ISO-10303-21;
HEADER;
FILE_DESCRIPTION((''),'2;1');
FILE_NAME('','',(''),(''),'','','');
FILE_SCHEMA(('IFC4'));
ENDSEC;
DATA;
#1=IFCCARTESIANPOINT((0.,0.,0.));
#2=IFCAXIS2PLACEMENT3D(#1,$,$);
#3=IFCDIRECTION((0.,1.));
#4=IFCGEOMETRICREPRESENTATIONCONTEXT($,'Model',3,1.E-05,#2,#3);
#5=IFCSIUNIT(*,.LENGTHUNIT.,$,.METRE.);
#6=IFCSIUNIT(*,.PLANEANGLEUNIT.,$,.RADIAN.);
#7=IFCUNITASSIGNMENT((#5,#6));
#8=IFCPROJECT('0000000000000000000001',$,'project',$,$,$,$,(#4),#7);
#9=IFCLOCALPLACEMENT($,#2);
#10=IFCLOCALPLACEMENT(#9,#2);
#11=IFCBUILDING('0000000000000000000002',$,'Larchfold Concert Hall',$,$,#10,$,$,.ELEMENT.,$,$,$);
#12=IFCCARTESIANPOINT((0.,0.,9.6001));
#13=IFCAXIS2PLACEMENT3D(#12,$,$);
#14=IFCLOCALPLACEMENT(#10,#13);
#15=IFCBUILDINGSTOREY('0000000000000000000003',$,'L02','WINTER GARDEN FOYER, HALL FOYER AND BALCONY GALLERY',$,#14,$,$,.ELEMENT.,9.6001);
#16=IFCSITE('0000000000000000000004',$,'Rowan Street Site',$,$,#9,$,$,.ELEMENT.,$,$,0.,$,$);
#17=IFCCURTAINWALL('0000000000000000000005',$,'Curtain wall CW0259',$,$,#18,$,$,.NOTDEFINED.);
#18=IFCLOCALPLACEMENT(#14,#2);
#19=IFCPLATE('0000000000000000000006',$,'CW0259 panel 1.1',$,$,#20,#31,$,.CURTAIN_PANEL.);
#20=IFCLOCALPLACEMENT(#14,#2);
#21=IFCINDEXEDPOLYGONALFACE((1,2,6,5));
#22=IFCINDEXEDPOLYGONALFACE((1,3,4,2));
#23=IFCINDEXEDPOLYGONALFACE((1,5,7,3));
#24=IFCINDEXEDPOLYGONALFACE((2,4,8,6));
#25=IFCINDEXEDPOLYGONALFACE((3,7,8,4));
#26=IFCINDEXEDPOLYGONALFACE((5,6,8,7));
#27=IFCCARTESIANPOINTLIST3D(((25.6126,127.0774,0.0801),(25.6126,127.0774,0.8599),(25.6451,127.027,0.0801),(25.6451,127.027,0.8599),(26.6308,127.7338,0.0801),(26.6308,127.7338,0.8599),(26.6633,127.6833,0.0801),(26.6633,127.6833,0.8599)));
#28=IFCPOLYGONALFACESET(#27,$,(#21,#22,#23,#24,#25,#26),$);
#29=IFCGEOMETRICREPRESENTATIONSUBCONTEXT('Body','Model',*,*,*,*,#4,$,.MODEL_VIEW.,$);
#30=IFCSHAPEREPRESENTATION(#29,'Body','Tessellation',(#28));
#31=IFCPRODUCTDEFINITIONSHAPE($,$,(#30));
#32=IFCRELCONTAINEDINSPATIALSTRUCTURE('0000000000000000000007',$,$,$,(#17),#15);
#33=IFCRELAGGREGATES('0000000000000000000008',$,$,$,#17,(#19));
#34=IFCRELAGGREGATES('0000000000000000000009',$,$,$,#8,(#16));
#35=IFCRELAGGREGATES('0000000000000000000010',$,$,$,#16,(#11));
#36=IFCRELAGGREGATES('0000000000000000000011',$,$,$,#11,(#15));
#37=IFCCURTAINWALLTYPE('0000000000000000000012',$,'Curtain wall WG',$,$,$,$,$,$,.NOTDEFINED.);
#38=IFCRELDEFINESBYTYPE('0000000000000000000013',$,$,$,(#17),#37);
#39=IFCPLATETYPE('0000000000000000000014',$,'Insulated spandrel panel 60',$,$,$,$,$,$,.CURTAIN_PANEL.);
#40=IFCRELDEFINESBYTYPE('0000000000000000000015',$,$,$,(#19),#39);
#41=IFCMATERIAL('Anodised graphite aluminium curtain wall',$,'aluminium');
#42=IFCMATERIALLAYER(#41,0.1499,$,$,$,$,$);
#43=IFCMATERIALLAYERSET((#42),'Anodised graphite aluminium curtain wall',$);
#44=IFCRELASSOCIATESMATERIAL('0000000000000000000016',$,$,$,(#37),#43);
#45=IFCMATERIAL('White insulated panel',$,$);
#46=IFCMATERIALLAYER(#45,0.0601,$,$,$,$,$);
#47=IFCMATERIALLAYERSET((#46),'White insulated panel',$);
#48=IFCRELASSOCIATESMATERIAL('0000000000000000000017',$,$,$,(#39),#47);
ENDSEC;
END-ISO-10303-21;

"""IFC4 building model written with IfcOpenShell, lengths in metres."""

from ifc_helpers import new_model, si_unit, direction, frame, origin, origin_2d, place, context, subcontext, project, spatial, rectangle, extrude, material, layer, layer_set, type_object, element, aggregate, save


model = new_model("IFC4")

# Units and contexts
model_context = context("Model", 3, precision=1e-05, world=origin(), true_north=direction((0.0, 1.0)))
body_context = subcontext(model_context, "Body", "Model", "MODEL_VIEW")
ifc_project = project(units=[si_unit("LENGTHUNIT", "METRE"), si_unit("PLANEANGLEUNIT", "RADIAN")], contexts=[model_context])

# Site, building, storey
site_placement = place(None, origin())
site = spatial("IfcSite", under=ifc_project, at=site_placement, Name="Rowan Street Site", CompositionType="ELEMENT", RefElevation=0.0)
building_placement = place(site_placement, origin())
building = spatial("IfcBuilding", under=site, at=building_placement, Name="Larchfold Concert Hall", CompositionType="ELEMENT")
storey_placement = place(building_placement, frame((0.0, 0.0, 9.6001)))
storey = spatial("IfcBuildingStorey", under=building, at=storey_placement, Name="L02", Description="WINTER GARDEN FOYER, HALL FOYER AND BALCONY GALLERY", CompositionType="ELEMENT", Elevation=9.6001)

# Shared definitions
ifc_material_1 = material(Name="Anodised graphite aluminium curtain wall", Category="aluminium")
ifc_layer_1 = layer(ifc_material_1, 0.1499)
ifc_layer_set_1 = layer_set([ifc_layer_1], Name="Anodised graphite aluminium curtain wall")
curtain_wall_type = type_object("IfcCurtainWallType", Name="Curtain wall WG", PredefinedType="NOTDEFINED", material=ifc_layer_set_1)

# Curtain wall
curtain_wall_1_placement = place(storey_placement, origin())
curtain_wall_1 = element("IfcCurtainWall", 1, at=curtain_wall_1_placement, inside=storey, type_object=curtain_wall_type, Name="Curtain wall CW0259", PredefinedType="NOTDEFINED")

# Plate
ifc_material_2 = material(Name="White insulated panel")
ifc_layer_2 = layer(ifc_material_2, 0.0601)
ifc_layer_set_2 = layer_set([ifc_layer_2], Name="White insulated panel")
plate_type_1 = type_object("IfcPlateType", Name="Insulated spandrel panel 60", PredefinedType="CURTAIN_PANEL", material=ifc_layer_set_2)
plate_1_placement = place(storey_placement, frame((26.1379, 127.3804, 0.0801), z_axis=(0.0, 0.0, 1.0), x_axis=(-0.840513, -0.541791, 0.0)))
plate_1 = element("IfcPlate", 2, at=plate_1_placement, type_object=plate_type_1, Name="CW0259 panel 1.1", PredefinedType="CURTAIN_PANEL", context=body_context, shape_type="SweptSolid", body=[
    extrude(rectangle(XDim=1.2114, YDim=0.0601, at=origin_2d()), origin(), (0.0, 0.0, 1.0), 0.7798),
])
aggregate(curtain_wall_1, [plate_1])

save(model, "model.ifc")
